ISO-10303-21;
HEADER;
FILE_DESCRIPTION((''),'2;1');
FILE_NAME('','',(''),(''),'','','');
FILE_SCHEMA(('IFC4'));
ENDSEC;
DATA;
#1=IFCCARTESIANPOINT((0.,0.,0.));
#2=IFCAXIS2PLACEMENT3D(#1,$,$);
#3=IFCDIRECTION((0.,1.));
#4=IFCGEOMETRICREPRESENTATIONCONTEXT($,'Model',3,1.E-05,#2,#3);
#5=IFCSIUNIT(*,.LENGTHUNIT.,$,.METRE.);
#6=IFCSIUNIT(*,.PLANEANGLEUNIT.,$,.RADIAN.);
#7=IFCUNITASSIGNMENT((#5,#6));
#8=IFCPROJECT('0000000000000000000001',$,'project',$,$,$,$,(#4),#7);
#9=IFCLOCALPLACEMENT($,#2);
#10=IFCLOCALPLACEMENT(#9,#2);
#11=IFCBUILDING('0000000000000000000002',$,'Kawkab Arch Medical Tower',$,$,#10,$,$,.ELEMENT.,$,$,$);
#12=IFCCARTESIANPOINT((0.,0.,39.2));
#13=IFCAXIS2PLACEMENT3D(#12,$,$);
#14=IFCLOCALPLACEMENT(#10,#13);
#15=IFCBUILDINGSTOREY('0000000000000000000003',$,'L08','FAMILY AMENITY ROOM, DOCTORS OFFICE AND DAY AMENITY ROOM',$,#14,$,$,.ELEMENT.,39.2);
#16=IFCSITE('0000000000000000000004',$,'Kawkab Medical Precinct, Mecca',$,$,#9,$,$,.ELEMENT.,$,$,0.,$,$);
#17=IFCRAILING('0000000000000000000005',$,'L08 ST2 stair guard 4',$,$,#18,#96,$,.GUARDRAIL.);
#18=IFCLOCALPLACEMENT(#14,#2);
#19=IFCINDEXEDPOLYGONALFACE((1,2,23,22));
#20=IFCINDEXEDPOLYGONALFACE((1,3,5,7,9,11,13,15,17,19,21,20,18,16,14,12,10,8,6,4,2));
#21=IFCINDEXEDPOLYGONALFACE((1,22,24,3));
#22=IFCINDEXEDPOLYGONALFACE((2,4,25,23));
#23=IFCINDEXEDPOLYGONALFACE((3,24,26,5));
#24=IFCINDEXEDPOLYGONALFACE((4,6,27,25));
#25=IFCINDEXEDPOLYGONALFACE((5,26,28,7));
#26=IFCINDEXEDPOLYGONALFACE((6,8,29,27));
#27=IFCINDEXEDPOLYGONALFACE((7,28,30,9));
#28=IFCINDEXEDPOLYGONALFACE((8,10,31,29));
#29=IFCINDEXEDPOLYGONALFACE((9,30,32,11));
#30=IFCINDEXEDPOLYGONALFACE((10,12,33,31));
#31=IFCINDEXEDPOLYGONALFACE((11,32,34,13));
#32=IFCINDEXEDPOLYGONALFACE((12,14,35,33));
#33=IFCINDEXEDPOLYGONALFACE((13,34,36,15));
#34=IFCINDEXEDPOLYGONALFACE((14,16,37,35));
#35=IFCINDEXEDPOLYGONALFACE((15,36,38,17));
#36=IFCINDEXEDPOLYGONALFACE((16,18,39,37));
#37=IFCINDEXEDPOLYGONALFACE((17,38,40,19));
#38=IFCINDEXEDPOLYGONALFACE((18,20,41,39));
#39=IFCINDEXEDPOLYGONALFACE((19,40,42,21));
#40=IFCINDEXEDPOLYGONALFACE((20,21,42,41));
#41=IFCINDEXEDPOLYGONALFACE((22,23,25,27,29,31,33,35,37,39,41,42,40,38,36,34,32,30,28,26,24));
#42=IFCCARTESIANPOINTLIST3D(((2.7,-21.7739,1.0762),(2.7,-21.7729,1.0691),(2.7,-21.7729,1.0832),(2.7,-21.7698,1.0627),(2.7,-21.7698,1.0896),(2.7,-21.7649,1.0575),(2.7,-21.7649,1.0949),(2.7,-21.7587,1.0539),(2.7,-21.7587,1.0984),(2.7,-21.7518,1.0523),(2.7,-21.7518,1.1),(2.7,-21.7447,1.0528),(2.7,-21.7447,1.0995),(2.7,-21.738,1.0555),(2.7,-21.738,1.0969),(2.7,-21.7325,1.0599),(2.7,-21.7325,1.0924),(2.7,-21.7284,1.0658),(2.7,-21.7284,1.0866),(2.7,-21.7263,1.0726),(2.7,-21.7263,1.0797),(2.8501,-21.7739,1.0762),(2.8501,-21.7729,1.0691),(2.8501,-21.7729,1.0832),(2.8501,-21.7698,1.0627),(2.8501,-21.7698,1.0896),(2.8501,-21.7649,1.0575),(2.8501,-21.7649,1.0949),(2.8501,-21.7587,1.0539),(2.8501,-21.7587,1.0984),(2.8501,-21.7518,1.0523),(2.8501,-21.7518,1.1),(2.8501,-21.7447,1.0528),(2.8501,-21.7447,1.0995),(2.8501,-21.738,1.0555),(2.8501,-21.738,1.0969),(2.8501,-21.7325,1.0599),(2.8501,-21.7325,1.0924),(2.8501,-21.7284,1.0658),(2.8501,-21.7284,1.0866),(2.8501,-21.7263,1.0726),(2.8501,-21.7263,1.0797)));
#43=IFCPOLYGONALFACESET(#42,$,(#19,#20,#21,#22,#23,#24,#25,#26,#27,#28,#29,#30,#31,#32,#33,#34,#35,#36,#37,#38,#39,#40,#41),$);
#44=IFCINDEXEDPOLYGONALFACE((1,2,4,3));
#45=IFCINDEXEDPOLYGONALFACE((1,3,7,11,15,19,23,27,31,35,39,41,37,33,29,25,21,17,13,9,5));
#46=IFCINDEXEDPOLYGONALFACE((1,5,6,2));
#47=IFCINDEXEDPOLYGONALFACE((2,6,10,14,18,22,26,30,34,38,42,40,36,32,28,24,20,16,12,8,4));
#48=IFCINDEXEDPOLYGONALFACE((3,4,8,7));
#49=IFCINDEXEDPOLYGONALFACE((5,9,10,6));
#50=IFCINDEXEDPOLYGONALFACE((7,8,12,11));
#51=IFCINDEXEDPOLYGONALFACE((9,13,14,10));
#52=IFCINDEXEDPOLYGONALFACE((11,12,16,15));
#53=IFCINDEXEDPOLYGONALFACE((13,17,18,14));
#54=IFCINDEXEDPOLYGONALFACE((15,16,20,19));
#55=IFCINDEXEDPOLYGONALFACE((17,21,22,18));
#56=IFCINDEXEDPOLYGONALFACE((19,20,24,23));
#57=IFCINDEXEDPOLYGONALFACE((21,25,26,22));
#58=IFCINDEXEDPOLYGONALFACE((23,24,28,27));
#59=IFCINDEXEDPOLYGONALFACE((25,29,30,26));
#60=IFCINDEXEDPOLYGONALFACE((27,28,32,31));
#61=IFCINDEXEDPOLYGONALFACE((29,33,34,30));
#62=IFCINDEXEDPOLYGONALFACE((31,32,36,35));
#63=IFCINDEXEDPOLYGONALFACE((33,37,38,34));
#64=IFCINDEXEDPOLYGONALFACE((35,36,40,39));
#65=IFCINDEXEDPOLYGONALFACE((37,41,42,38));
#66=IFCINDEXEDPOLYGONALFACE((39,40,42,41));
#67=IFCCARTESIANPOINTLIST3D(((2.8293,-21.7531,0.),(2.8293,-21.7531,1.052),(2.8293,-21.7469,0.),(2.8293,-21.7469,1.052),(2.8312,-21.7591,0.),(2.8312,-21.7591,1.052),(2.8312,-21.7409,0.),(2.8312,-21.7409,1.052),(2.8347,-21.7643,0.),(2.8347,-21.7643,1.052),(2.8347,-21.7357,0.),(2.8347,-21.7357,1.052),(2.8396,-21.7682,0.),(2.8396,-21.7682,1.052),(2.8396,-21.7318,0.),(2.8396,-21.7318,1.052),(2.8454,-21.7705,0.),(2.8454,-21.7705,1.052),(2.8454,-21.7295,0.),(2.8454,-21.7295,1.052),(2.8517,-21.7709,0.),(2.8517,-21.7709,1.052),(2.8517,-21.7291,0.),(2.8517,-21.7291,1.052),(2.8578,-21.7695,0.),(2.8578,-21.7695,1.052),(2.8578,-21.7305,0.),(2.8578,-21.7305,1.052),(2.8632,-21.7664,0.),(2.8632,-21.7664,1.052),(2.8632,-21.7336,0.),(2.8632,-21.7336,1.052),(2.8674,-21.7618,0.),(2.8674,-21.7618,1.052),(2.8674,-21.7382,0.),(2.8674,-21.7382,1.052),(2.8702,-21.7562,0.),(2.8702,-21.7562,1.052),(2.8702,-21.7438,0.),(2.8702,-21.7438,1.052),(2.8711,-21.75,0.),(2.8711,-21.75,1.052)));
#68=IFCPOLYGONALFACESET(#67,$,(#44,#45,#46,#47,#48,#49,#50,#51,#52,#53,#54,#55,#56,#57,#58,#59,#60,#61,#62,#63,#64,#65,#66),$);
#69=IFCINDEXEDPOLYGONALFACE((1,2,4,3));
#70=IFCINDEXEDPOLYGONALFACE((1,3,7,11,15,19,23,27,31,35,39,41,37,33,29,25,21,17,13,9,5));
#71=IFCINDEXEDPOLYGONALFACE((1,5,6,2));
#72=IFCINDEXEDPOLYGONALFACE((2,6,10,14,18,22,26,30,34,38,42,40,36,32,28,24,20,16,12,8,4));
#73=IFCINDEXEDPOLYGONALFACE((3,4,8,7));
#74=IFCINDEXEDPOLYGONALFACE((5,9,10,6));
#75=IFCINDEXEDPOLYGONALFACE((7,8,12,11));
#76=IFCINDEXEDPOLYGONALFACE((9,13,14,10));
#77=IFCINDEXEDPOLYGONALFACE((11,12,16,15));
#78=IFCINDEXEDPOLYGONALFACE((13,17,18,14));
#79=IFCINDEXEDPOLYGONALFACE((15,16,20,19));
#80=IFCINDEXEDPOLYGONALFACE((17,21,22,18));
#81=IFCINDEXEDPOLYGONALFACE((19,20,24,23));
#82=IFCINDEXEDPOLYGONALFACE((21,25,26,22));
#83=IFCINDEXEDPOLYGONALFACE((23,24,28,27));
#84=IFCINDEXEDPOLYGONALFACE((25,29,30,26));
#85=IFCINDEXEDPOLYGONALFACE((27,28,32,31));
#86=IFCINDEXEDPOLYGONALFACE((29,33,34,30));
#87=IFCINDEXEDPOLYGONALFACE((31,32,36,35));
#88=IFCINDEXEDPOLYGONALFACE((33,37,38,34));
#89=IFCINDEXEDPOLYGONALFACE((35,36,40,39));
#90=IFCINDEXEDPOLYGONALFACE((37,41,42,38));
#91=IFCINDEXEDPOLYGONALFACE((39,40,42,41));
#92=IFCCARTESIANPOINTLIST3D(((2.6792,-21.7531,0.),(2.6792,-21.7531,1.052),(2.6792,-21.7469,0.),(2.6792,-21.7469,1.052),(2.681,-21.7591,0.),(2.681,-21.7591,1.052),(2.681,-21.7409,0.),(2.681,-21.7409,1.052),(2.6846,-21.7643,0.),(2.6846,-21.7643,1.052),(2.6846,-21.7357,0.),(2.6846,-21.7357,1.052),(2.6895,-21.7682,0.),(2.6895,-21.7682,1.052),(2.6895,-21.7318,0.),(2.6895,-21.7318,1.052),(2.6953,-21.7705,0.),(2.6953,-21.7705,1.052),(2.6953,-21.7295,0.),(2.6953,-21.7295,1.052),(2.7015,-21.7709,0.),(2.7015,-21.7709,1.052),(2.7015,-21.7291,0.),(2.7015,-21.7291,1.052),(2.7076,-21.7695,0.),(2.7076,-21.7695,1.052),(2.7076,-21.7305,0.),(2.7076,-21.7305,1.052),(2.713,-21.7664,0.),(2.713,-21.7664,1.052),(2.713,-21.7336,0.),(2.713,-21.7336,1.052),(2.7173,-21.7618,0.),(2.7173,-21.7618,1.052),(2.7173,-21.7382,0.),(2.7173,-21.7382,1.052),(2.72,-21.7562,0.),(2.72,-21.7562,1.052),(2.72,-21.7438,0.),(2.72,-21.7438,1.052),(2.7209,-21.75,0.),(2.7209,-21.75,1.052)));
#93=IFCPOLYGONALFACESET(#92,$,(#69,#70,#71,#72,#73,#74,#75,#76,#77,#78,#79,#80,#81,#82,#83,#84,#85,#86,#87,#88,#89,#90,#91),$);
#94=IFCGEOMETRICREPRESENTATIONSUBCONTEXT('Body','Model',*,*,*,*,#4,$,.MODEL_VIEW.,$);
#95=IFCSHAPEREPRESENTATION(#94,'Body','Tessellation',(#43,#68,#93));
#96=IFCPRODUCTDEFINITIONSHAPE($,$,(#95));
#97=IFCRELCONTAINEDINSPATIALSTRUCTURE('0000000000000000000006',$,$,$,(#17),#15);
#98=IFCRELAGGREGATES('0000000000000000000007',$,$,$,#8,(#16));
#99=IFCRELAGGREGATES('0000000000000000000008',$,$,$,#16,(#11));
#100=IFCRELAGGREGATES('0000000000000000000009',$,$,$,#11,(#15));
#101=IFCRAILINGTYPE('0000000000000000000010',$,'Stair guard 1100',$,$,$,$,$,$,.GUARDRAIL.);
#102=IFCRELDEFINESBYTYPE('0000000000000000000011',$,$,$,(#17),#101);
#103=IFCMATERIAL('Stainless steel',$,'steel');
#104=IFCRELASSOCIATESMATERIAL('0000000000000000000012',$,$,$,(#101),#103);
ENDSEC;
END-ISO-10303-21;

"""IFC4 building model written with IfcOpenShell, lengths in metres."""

from ifc_helpers import new_model, si_unit, direction, frame, origin, origin_2d, place, context, subcontext, project, spatial, circle, extrude, material, type_object, element, save


model = new_model("IFC4")

# Units and contexts
model_context = context("Model", 3, precision=1e-05, world=origin(), true_north=direction((0.0, 1.0)))
body_context = subcontext(model_context, "Body", "Model", "MODEL_VIEW")
ifc_project = project(units=[si_unit("LENGTHUNIT", "METRE"), si_unit("PLANEANGLEUNIT", "RADIAN")], contexts=[model_context])

# Site, building, storey
site_placement = place(None, origin())
site = spatial("IfcSite", under=ifc_project, at=site_placement, Name="Kawkab Medical Precinct, Mecca", CompositionType="ELEMENT", RefElevation=0.0)
building_placement = place(site_placement, origin())
building = spatial("IfcBuilding", under=site, at=building_placement, Name="Kawkab Arch Medical Tower", CompositionType="ELEMENT")
storey_placement = place(building_placement, frame((0.0, 0.0, 39.2)))
storey = spatial("IfcBuildingStorey", under=building, at=storey_placement, Name="L08", Description="FAMILY AMENITY ROOM, DOCTORS OFFICE AND DAY AMENITY ROOM", CompositionType="ELEMENT", Elevation=39.2)

# Railing
ifc_material_1 = material(Name="Stainless steel", Category="steel")
railing_type_1 = type_object("IfcRailingType", Name="Stair guard 1100", PredefinedType="GUARDRAIL", material=ifc_material_1)
railing_1_placement = place(storey_placement, frame((2.8501, -21.75, 0.0)))
element("IfcRailing", 1, at=railing_1_placement, inside=storey, type_object=railing_type_1, Name="L08 ST2 stair guard 4", PredefinedType="GUARDRAIL", context=body_context, shape_type="SweptSolid", body=[
    extrude(circle(Radius=0.0239, at=origin_2d()), frame((0.0, 0.0, 1.0762), z_axis=(-1.0, 0.0, 0.0), x_axis=(0.0, -1.0, 0.0)), (0.0, 0.0, 1.0), 0.1501),
    extrude(circle(Radius=0.021, at=origin_2d()), origin(), (0.0, 0.0, 1.0), 1.052),
    extrude(circle(Radius=0.021, at=origin_2d()), frame((-0.1501, 0.0, 0.0)), (0.0, 0.0, 1.0), 1.052),
])

save(model, "model.ifc")
